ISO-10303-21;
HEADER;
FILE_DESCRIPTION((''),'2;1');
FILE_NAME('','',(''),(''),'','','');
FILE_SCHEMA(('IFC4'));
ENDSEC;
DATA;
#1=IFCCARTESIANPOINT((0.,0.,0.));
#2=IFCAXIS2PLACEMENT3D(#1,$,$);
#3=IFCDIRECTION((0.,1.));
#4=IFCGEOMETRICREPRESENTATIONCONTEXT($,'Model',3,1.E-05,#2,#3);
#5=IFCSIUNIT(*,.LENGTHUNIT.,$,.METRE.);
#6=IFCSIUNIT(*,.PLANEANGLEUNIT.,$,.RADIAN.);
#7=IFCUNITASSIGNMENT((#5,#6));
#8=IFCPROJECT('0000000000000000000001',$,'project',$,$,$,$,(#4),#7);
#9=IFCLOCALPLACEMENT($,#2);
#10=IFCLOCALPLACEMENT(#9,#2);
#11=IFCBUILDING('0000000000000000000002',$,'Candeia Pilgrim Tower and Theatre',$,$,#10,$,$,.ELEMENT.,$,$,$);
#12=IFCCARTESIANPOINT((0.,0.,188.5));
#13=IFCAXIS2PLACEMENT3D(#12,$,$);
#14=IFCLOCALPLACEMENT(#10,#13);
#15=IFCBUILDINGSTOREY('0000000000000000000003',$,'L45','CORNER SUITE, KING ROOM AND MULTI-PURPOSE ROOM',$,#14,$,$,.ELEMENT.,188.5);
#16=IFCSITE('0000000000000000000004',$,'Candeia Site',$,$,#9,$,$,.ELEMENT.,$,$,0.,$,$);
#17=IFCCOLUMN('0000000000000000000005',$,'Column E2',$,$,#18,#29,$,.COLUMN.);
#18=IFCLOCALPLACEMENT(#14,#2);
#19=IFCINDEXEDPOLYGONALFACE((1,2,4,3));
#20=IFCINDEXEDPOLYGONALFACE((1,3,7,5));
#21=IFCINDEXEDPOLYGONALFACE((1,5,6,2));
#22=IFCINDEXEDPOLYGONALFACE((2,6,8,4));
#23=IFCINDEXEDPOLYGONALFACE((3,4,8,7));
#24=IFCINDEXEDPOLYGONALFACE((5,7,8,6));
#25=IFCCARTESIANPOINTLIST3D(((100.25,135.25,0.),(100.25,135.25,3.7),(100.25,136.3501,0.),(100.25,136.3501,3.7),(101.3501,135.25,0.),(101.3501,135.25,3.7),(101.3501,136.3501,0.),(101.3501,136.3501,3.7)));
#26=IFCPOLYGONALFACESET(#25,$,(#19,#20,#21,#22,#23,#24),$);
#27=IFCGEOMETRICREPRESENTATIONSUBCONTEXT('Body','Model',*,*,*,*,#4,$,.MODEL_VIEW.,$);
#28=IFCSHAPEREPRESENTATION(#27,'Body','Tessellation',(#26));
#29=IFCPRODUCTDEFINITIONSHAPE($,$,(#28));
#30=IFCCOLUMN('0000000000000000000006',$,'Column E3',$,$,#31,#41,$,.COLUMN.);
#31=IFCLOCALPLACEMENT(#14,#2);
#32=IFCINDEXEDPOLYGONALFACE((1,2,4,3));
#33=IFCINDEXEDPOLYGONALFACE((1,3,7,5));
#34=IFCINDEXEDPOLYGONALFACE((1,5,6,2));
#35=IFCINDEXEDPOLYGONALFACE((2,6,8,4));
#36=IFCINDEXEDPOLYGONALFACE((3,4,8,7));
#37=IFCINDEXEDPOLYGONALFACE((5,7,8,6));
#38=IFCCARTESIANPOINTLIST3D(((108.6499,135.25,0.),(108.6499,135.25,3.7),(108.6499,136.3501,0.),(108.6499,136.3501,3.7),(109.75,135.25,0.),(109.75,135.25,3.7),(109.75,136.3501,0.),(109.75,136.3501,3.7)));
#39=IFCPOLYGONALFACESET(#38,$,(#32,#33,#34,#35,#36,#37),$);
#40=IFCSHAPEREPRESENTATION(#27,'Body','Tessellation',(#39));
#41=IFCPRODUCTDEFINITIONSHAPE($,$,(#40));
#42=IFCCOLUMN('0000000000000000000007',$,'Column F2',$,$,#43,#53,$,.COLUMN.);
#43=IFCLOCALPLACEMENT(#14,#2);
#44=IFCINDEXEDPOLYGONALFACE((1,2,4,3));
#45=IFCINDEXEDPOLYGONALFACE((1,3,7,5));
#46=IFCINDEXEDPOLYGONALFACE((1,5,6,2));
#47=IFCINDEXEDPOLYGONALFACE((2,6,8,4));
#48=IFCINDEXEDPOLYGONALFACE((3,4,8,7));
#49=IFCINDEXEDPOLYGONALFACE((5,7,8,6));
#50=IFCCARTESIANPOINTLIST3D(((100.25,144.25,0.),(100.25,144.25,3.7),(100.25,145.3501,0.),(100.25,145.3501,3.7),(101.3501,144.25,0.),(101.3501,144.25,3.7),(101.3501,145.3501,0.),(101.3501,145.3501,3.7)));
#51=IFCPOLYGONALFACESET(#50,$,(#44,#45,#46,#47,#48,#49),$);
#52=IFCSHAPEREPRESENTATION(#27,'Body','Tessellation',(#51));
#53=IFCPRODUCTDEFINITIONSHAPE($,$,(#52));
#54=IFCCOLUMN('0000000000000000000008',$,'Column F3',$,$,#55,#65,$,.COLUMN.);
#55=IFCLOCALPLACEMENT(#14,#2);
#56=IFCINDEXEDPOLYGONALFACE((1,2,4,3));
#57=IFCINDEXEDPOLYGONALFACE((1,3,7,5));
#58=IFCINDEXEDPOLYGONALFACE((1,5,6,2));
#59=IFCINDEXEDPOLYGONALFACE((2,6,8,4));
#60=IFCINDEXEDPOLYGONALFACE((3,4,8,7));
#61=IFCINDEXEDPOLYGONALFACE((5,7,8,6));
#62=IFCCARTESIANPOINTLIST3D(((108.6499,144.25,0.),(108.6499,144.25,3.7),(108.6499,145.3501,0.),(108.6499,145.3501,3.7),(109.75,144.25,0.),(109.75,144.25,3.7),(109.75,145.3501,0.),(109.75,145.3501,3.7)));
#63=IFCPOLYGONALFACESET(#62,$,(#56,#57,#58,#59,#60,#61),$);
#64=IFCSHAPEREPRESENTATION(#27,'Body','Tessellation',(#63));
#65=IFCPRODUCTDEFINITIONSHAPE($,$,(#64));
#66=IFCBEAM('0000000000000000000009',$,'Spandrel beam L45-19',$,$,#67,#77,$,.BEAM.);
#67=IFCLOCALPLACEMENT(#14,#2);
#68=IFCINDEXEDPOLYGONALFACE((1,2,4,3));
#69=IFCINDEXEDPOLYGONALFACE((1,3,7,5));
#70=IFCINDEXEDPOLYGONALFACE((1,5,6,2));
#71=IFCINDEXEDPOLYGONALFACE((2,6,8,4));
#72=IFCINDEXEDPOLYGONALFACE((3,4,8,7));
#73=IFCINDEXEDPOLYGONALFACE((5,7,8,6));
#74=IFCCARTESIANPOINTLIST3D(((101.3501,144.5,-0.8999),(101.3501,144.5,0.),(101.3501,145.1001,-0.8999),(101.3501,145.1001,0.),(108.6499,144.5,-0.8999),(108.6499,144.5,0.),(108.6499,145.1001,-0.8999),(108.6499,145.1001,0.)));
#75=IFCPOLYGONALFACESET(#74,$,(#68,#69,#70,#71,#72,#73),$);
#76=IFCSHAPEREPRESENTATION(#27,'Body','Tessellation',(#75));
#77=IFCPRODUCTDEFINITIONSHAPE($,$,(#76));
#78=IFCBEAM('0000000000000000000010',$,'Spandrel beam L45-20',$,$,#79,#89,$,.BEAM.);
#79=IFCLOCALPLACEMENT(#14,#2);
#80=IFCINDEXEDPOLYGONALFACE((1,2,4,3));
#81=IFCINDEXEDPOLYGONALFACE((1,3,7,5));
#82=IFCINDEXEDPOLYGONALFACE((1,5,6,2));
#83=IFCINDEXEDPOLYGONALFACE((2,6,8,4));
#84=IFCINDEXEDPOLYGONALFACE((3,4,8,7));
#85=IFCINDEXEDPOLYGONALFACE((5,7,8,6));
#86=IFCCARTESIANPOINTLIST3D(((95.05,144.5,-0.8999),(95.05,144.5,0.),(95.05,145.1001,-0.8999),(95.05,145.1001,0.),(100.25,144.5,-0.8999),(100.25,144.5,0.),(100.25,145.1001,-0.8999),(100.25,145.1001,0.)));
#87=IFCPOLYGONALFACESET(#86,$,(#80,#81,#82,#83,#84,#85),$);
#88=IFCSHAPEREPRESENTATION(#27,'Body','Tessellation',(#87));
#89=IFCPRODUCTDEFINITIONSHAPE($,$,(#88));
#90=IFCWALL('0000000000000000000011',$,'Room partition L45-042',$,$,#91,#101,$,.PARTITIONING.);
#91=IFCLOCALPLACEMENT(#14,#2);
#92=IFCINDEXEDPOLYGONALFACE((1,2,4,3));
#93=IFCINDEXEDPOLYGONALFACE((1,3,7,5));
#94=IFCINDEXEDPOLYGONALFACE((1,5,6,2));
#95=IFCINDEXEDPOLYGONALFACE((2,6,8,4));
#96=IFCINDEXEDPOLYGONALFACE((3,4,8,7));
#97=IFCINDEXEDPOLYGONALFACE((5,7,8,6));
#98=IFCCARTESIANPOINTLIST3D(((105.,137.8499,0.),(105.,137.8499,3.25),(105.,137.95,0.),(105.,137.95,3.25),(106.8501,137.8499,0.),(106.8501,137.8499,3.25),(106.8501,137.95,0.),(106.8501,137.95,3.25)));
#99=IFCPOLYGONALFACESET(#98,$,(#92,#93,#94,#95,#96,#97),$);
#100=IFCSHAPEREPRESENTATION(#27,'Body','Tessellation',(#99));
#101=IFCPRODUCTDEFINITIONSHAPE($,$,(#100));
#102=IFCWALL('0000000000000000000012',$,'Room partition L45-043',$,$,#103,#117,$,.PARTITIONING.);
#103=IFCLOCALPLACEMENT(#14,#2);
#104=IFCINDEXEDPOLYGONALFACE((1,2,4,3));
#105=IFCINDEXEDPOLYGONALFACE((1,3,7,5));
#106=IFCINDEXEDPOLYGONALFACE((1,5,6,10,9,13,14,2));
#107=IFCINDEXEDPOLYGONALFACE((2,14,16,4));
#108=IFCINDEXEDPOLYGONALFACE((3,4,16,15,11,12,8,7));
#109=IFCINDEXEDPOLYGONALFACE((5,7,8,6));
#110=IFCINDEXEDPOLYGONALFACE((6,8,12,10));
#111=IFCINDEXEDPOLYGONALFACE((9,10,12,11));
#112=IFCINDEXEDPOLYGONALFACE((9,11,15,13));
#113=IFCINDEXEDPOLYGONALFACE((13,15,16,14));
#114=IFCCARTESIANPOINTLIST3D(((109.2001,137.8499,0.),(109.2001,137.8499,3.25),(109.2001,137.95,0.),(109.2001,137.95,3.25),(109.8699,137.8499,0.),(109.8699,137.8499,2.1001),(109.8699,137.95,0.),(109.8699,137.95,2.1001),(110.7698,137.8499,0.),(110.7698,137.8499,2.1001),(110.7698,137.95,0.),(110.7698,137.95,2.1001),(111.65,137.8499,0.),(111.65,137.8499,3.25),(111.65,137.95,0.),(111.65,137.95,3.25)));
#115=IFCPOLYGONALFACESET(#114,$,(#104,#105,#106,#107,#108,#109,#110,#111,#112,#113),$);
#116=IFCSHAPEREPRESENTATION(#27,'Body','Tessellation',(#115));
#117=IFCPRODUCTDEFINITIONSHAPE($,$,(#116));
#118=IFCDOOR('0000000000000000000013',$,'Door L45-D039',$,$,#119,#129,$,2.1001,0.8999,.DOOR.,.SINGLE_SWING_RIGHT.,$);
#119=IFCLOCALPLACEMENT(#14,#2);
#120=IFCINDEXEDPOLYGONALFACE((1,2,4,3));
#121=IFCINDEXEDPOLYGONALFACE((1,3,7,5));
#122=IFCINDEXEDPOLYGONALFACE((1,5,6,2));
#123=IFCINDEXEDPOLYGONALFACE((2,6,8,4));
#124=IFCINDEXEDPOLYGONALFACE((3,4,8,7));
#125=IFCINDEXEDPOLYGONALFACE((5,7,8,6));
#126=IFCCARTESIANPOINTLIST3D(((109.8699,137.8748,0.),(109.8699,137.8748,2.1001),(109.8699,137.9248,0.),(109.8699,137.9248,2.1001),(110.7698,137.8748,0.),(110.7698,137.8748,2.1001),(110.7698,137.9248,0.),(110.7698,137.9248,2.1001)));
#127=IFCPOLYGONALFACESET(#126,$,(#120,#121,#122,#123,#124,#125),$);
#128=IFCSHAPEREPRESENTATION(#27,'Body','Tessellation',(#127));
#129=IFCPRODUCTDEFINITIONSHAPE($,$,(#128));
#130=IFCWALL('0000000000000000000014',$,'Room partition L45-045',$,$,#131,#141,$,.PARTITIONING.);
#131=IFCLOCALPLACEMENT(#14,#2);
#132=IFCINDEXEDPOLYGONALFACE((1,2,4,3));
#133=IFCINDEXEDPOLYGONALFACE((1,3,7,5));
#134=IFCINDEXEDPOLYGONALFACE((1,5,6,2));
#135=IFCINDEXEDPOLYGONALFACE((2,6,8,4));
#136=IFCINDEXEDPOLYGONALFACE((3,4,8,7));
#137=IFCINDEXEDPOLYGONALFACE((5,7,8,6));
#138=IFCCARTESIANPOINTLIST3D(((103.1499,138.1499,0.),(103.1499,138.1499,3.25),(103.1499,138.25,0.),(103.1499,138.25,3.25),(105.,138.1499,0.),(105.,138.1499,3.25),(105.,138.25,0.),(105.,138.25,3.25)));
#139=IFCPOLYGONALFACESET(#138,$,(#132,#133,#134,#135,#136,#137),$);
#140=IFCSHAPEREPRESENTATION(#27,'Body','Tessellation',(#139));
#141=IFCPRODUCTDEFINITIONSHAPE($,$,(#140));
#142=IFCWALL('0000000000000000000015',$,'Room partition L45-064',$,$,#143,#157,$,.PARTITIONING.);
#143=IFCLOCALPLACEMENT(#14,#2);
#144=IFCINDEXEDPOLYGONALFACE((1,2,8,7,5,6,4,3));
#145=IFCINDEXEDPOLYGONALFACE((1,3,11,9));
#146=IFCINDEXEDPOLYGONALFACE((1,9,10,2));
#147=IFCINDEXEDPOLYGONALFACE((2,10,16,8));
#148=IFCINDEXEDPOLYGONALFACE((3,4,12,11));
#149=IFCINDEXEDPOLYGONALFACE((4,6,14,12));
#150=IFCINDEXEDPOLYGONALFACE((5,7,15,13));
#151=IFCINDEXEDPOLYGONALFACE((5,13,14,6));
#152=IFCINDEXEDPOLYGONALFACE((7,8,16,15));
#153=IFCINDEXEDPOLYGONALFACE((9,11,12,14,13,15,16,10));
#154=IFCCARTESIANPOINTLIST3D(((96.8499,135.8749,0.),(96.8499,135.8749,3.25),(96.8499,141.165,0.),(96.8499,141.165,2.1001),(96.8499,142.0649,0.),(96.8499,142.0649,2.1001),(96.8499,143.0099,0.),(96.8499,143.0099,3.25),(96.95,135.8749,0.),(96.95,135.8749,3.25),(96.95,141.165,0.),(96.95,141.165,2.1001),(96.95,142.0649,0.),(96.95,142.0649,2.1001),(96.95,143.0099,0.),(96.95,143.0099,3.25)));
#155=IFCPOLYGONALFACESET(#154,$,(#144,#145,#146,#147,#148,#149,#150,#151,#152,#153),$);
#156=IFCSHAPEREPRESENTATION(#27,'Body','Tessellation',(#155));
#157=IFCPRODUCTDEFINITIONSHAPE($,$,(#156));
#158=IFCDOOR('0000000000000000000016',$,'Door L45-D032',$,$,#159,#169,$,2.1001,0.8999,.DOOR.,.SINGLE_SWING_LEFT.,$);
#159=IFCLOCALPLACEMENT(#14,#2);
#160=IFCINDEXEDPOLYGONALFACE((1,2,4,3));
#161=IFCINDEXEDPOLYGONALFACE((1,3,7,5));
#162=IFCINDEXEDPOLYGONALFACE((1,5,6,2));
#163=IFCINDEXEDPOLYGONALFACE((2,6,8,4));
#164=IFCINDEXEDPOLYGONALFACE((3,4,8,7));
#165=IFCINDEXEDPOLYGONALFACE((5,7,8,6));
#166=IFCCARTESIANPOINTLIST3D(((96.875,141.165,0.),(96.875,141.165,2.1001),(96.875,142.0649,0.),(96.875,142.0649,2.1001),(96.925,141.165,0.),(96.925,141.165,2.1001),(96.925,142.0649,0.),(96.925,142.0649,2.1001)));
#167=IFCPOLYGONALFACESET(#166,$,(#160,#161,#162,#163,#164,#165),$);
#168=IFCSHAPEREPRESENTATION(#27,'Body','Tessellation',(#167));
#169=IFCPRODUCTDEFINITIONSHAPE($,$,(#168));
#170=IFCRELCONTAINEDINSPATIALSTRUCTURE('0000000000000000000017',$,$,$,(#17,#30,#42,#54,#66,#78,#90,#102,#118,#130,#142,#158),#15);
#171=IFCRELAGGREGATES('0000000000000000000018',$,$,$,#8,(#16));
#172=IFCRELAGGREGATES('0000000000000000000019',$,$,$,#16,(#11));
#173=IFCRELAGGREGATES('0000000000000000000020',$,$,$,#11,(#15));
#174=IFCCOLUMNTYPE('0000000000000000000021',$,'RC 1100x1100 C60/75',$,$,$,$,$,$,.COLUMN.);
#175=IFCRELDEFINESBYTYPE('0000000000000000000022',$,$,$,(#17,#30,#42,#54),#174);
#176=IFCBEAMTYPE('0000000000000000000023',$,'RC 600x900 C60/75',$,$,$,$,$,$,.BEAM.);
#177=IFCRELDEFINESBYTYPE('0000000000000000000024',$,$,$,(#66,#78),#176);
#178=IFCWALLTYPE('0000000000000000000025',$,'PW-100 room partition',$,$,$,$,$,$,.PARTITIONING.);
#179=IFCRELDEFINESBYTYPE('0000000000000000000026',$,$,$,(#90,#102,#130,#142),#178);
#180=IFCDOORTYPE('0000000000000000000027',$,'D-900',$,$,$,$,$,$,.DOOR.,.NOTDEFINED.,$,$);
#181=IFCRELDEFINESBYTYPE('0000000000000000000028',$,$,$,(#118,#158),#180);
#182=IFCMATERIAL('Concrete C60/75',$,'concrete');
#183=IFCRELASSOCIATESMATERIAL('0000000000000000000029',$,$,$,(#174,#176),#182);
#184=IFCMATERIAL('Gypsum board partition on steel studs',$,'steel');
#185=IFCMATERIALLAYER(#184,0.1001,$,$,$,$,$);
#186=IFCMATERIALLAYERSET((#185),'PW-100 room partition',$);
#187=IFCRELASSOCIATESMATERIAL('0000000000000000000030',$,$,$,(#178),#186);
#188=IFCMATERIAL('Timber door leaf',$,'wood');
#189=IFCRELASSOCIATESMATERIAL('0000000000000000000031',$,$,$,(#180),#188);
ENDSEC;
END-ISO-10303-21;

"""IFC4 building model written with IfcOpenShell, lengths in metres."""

from ifc_helpers import new_model, si_unit, direction, frame, frame_2d, origin, origin_2d, place, context, subcontext, project, spatial, rectangle, extrude, material, layer, layer_set, material_profile, profile_set, type_object, element, fill, save


model = new_model("IFC4")

# Units and contexts
model_context = context("Model", 3, precision=1e-05, world=origin(), true_north=direction((0.0, 1.0)))
body_context = subcontext(model_context, "Body", "Model", "MODEL_VIEW")
ifc_project = project(units=[si_unit("LENGTHUNIT", "METRE"), si_unit("PLANEANGLEUNIT", "RADIAN")], contexts=[model_context])

# Site, building, storey
site_placement = place(None, origin())
site = spatial("IfcSite", under=ifc_project, at=site_placement, Name="Candeia Site", CompositionType="ELEMENT", RefElevation=0.0)
building_placement = place(site_placement, origin())
building = spatial("IfcBuilding", under=site, at=building_placement, Name="Candeia Pilgrim Tower and Theatre", CompositionType="ELEMENT")
storey_placement = place(building_placement, frame((0.0, 0.0, 188.5)))
storey = spatial("IfcBuildingStorey", under=building, at=storey_placement, Name="L45", Description="CORNER SUITE, KING ROOM AND MULTI-PURPOSE ROOM", CompositionType="ELEMENT", Elevation=188.5)

# Columns
ifc_material_1 = material(Name="Concrete C60/75", Category="concrete")
ifc_material_profile_1 = material_profile(ifc_material_1, rectangle(XDim=1.1001, YDim=1.1001, at=origin_2d()))
ifc_profile_set_1 = profile_set([ifc_material_profile_1], Name="Concrete C60/75")
column_type = type_object("IfcColumnType", Name="RC 1100x1100 C60/75", PredefinedType="COLUMN", material=ifc_profile_set_1)
for number, where, z_axis, x_axis, name in (
    (1, (100.8, 135.8, 0.0), (0.0, 0.0, 1.0), (1.0, 0.0, 0.0), "Column E2"),
    (2, (109.2, 135.8, 0.0), (0.0, 0.0, 1.0), (1.0, 0.0, 0.0), "Column E3"),
    (3, (100.8, 144.8, 0.0), (0.0, 0.0, 1.0), (1.0, 0.0, 0.0), "Column F2"),
    (4, (109.2, 144.8, 0.0), (0.0, 0.0, 1.0), (1.0, 0.0, 0.0), "Column F3"),
):
    element("IfcColumn", number, at=place(storey_placement, frame(where, z_axis=z_axis, x_axis=x_axis)), inside=storey, type_object=column_type, Name=name, PredefinedType="COLUMN", context=body_context, shape_type="SweptSolid", body=[
        extrude(rectangle(XDim=1.1001, YDim=1.1001, at=origin_2d()), origin(), (0.0, 0.0, 1.0), 3.7),
    ])

# Beams
ifc_material_profile_2 = material_profile(ifc_material_1, rectangle(XDim=0.6001, YDim=0.8999, at=origin_2d()))
ifc_profile_set_2 = profile_set([ifc_material_profile_2], Name="Concrete C60/75")
beam_type = type_object("IfcBeamType", Name="RC 600x900 C60/75", PredefinedType="BEAM", material=ifc_profile_set_2)
beam_1_placement = place(storey_placement, frame((108.6499, 144.8, -0.45), z_axis=(-1.0, 0.0, 0.0), x_axis=(0.0, -1.0, 0.0)))
element("IfcBeam", 5, at=beam_1_placement, inside=storey, type_object=beam_type, Name="Spandrel beam L45-19", PredefinedType="BEAM", context=body_context, shape_type="SweptSolid", body=[
    extrude(rectangle(XDim=0.6001, YDim=0.8999, at=origin_2d()), origin(), (0.0, 0.0, 1.0), 7.2998),
])
beam_2_placement = place(storey_placement, frame((100.25, 144.8, -0.45), z_axis=(-1.0, 0.0, 0.0), x_axis=(0.0, -1.0, 0.0)))
element("IfcBeam", 6, at=beam_2_placement, inside=storey, type_object=beam_type, Name="Spandrel beam L45-20", PredefinedType="BEAM", context=body_context, shape_type="SweptSolid", body=[
    extrude(rectangle(XDim=0.6001, YDim=0.8999, at=origin_2d()), origin(), (0.0, 0.0, 1.0), 5.2),
])

# Wall
ifc_material_2 = material(Name="Gypsum board partition on steel studs", Category="steel")
ifc_layer_1 = layer(ifc_material_2, 0.1001)
ifc_layer_set_1 = layer_set([ifc_layer_1], Name="PW-100 room partition")
wall_type_1 = type_object("IfcWallType", Name="PW-100 room partition", PredefinedType="PARTITIONING", material=ifc_layer_set_1)
wall_1_placement = place(storey_placement, frame((105.0, 137.8999, 0.0), z_axis=(0.0, 0.0, 1.0), x_axis=(1.0, 0.0, 0.0)))
element("IfcWall", 7, at=wall_1_placement, inside=storey, type_object=wall_type_1, Name="Room partition L45-042", PredefinedType="PARTITIONING", context=body_context, shape_type="SweptSolid", body=[
    extrude(rectangle(XDim=1.8501, YDim=0.1001, at=frame_2d((0.925, 0.0))), origin(), (0.0, 0.0, 1.0), 3.25),
])

# Wall, opening, door
wall_2_placement = place(storey_placement, frame((109.2, 137.8999, 0.0), z_axis=(0.0, 0.0, 1.0), x_axis=(1.0, 0.0, 0.0)))
wall_2 = element("IfcWall", 8, at=wall_2_placement, inside=storey, type_object=wall_type_1, Name="Room partition L45-043", PredefinedType="PARTITIONING", context=body_context, shape_type="SweptSolid", body=[
    extrude(rectangle(XDim=2.45, YDim=0.1001, at=frame_2d((1.2251, 0.0))), origin(), (0.0, 0.0, 1.0), 3.25),
])
opening_1_placement = place(wall_2_placement, frame((0.6699, 0.0, 0.0)))
opening_1 = element("IfcOpeningElement", 9, at=opening_1_placement, cuts=wall_2, PredefinedType="OPENING", context=body_context, shape_type="SweptSolid", body=[
    extrude(rectangle(XDim=0.8999, YDim=2.1001, at=frame_2d((0.45, 1.05))), frame((0.0, 0.0601, 0.0), z_axis=(0.0, -1.0, 0.0), x_axis=(1.0, 0.0, 0.0)), (0.0, 0.0, 1.0), 0.1201),
])
ifc_material_3 = material(Name="Timber door leaf", Category="wood")
door_type_1 = type_object("IfcDoorType", Name="D-900", OperationType="NOTDEFINED", PredefinedType="DOOR", material=ifc_material_3)
door_1_placement = place(opening_1_placement, origin())
door_1 = element("IfcDoor", 10, at=door_1_placement, inside=storey, type_object=door_type_1, Name="Door L45-D039", OperationType="SINGLE_SWING_RIGHT", OverallHeight=2.1001, OverallWidth=0.8999, PredefinedType="DOOR", context=body_context, shape_type="SweptSolid", body=[
    extrude(rectangle(XDim=0.8999, YDim=2.1001, at=frame_2d((0.45, 1.05))), frame((0.0, 0.0249, 0.0), z_axis=(0.0, -1.0, 0.0), x_axis=(1.0, 0.0, 0.0)), (0.0, 0.0, 1.0), 0.05),
])
fill(opening_1, door_1)

# Wall
wall_3_placement = place(storey_placement, frame((103.1499, 138.2, 0.0), z_axis=(0.0, 0.0, 1.0), x_axis=(1.0, 0.0, 0.0)))
element("IfcWall", 11, at=wall_3_placement, inside=storey, type_object=wall_type_1, Name="Room partition L45-045", PredefinedType="PARTITIONING", context=body_context, shape_type="SweptSolid", body=[
    extrude(rectangle(XDim=1.8501, YDim=0.1001, at=frame_2d((0.925, 0.0))), origin(), (0.0, 0.0, 1.0), 3.25),
])

# Wall, opening, door
wall_4_placement = place(storey_placement, frame((96.8999, 135.875, 0.0), z_axis=(0.0, 0.0, 1.0), x_axis=(0.0, 1.0, 0.0)))
wall_4 = element("IfcWall", 12, at=wall_4_placement, inside=storey, type_object=wall_type_1, Name="Room partition L45-064", PredefinedType="PARTITIONING", context=body_context, shape_type="SweptSolid", body=[
    extrude(rectangle(XDim=7.135, YDim=0.1001, at=frame_2d((3.5674, 0.0))), origin(), (0.0, 0.0, 1.0), 3.25),
])
opening_2_placement = place(wall_4_placement, frame((5.29, 0.0, 0.0)))
opening_2 = element("IfcOpeningElement", 13, at=opening_2_placement, cuts=wall_4, PredefinedType="OPENING", context=body_context, shape_type="SweptSolid", body=[
    extrude(rectangle(XDim=0.8999, YDim=2.1001, at=frame_2d((0.45, 1.05))), frame((0.0, 0.0601, 0.0), z_axis=(0.0, -1.0, 0.0), x_axis=(1.0, 0.0, 0.0)), (0.0, 0.0, 1.0), 0.1201),
])
door_2_placement = place(opening_2_placement, origin())
door_2 = element("IfcDoor", 14, at=door_2_placement, inside=storey, type_object=door_type_1, Name="Door L45-D032", OperationType="SINGLE_SWING_LEFT", OverallHeight=2.1001, OverallWidth=0.8999, PredefinedType="DOOR", context=body_context, shape_type="SweptSolid", body=[
    extrude(rectangle(XDim=0.8999, YDim=2.1001, at=frame_2d((0.45, 1.05))), frame((0.0, 0.0249, 0.0), z_axis=(0.0, -1.0, 0.0), x_axis=(1.0, 0.0, 0.0)), (0.0, 0.0, 1.0), 0.05),
])
fill(opening_2, door_2)

save(model, "model.ifc")
